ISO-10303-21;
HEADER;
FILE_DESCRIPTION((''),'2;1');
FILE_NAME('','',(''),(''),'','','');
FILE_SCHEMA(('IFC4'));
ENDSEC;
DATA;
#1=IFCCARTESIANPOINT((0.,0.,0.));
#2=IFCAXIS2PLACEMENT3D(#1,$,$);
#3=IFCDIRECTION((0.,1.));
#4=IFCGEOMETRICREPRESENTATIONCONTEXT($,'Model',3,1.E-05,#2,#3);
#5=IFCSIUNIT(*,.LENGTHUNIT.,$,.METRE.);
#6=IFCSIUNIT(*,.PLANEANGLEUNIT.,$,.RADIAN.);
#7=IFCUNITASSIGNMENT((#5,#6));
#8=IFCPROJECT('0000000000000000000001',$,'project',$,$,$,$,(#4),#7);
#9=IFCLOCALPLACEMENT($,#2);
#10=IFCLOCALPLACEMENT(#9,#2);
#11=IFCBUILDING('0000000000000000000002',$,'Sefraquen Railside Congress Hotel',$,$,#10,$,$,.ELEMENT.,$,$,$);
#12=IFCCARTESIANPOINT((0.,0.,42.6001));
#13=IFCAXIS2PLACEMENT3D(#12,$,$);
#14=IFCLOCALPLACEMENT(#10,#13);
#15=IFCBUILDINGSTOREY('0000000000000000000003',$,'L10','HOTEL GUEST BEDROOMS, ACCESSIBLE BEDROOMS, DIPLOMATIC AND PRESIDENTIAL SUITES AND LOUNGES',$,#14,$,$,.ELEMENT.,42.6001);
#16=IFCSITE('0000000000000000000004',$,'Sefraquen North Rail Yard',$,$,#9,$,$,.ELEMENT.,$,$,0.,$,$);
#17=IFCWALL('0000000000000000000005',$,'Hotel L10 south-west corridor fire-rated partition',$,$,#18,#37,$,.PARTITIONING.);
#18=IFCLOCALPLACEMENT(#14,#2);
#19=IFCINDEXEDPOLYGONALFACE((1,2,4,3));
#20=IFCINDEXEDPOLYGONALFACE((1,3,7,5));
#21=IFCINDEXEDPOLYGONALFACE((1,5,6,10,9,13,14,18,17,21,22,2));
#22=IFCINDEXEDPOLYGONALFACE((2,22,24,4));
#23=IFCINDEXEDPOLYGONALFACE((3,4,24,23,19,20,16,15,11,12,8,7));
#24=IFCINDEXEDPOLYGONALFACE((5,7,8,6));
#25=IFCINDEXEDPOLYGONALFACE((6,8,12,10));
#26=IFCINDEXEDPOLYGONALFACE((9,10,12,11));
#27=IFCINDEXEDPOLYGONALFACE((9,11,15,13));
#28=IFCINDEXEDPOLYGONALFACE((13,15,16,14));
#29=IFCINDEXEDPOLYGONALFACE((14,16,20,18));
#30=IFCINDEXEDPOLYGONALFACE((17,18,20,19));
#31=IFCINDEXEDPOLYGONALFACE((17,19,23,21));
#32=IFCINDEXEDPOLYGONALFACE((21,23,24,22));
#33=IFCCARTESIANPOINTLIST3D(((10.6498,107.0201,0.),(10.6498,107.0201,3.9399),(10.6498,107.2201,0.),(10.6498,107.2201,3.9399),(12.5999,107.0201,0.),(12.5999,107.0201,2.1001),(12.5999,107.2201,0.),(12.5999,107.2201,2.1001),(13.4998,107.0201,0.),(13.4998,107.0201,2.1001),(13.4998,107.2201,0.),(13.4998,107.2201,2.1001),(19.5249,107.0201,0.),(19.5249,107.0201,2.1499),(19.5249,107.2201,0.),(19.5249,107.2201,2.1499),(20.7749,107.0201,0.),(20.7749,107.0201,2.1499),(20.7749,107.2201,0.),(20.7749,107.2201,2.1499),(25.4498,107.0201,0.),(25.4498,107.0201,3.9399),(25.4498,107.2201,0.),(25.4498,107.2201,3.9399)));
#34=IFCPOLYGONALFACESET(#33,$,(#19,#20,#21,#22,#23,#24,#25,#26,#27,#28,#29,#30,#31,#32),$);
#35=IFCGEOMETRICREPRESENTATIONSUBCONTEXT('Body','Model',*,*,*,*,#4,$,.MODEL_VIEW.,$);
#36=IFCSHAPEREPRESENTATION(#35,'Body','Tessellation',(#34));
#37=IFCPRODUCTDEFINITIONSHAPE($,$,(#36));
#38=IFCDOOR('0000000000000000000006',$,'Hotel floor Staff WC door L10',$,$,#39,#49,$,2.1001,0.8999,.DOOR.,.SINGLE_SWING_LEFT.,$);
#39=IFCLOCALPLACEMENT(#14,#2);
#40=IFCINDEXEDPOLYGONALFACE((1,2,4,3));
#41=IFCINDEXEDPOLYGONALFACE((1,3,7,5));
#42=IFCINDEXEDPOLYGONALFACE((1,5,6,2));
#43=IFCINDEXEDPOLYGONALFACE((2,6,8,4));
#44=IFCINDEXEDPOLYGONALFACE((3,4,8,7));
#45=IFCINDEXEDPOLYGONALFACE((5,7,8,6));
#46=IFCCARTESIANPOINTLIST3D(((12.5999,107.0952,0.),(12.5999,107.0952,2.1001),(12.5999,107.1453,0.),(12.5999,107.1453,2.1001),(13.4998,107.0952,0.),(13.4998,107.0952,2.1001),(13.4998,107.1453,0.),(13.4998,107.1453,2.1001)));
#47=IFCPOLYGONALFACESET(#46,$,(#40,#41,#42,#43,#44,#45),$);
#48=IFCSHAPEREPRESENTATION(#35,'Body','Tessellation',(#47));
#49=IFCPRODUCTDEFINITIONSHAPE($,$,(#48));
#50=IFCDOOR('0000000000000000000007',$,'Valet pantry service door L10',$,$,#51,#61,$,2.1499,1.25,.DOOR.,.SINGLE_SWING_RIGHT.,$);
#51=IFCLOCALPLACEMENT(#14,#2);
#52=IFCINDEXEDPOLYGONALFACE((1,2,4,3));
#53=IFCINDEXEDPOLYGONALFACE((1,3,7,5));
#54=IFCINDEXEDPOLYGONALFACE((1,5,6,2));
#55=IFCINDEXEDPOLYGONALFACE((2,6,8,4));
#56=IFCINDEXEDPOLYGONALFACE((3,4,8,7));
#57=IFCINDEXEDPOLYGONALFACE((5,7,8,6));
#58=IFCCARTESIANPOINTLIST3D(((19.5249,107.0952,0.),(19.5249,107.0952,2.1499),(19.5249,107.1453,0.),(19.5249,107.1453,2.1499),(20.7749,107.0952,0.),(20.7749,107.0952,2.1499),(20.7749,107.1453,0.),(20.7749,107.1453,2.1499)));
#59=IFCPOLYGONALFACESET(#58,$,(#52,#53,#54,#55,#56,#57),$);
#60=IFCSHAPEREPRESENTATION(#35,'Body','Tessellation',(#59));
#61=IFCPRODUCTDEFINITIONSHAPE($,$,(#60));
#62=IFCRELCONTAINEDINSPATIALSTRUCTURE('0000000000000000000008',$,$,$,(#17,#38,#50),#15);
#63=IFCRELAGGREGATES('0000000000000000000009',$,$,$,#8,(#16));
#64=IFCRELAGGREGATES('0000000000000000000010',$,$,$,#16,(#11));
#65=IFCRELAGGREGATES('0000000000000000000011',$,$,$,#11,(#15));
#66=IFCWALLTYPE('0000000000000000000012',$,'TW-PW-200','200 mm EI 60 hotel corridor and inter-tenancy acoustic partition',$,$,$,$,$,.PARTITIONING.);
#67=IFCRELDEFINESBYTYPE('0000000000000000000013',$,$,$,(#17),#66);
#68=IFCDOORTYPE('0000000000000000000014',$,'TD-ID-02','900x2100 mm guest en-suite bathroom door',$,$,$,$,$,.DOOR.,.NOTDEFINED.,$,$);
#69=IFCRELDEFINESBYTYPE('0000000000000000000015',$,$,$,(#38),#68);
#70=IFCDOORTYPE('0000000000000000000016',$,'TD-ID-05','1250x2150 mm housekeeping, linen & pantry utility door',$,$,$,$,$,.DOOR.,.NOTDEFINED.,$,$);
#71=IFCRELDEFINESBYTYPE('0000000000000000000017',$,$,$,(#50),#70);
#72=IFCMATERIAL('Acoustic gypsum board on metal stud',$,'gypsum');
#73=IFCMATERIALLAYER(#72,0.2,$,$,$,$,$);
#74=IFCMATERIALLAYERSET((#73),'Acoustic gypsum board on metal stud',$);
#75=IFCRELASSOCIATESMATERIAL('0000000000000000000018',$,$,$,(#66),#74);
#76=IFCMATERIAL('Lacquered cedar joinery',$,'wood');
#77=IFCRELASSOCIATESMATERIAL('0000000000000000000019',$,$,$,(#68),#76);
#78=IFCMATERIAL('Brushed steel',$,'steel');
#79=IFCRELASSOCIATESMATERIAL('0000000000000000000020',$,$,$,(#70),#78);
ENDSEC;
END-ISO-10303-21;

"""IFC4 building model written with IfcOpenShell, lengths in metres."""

from ifc_helpers import new_model, si_unit, direction, frame, frame_2d, origin, place, context, subcontext, project, spatial, rectangle, extrude, material, layer, layer_set, type_object, element, fill, save


model = new_model("IFC4")

# Units and contexts
model_context = context("Model", 3, precision=1e-05, world=origin(), true_north=direction((0.0, 1.0)))
body_context = subcontext(model_context, "Body", "Model", "MODEL_VIEW")
ifc_project = project(units=[si_unit("LENGTHUNIT", "METRE"), si_unit("PLANEANGLEUNIT", "RADIAN")], contexts=[model_context])

# Site, building, storey
site_placement = place(None, origin())
site = spatial("IfcSite", under=ifc_project, at=site_placement, Name="Sefraquen North Rail Yard", CompositionType="ELEMENT", RefElevation=0.0)
building_placement = place(site_placement, origin())
building = spatial("IfcBuilding", under=site, at=building_placement, Name="Sefraquen Railside Congress Hotel", CompositionType="ELEMENT")
storey_placement = place(building_placement, frame((0.0, 0.0, 42.6001)))
storey = spatial("IfcBuildingStorey", under=building, at=storey_placement, Name="L10", Description="HOTEL GUEST BEDROOMS, ACCESSIBLE BEDROOMS, DIPLOMATIC AND PRESIDENTIAL SUITES AND LOUNGES", CompositionType="ELEMENT", Elevation=42.6001)

# Wall, openings, doors
ifc_material_1 = material(Name="Acoustic gypsum board on metal stud", Category="gypsum")
ifc_layer_1 = layer(ifc_material_1, 0.2)
ifc_layer_set_1 = layer_set([ifc_layer_1], Name="Acoustic gypsum board on metal stud")
wall_type = type_object("IfcWallType", Name="TW-PW-200", Description="200 mm EI 60 hotel corridor and inter-tenancy acoustic partition", PredefinedType="PARTITIONING", material=ifc_layer_set_1)
wall_placement = place(storey_placement, frame((10.6499, 107.1201, 0.0), z_axis=(0.0, 0.0, 1.0), x_axis=(1.0, 0.0, 0.0)))
wall = element("IfcWall", 1, at=wall_placement, inside=storey, type_object=wall_type, Name="Hotel L10 south-west corridor fire-rated partition", PredefinedType="PARTITIONING", context=body_context, shape_type="SweptSolid", body=[
    extrude(rectangle(XDim=14.8, YDim=0.2, at=frame_2d((7.3999, 0.0))), origin(), (0.0, 0.0, 1.0), 3.9399),
])
opening_1_placement = place(wall_placement, frame((1.95, 0.0, 0.0)))
opening_1 = element("IfcOpeningElement", 2, at=opening_1_placement, cuts=wall, PredefinedType="OPENING", context=body_context, shape_type="SweptSolid", body=[
    extrude(rectangle(XDim=0.8999, YDim=2.1001, at=frame_2d((0.45, 1.05))), frame((0.0, 0.1099, 0.0), z_axis=(0.0, -1.0, 0.0), x_axis=(1.0, 0.0, 0.0)), (0.0, 0.0, 1.0), 0.22),
])
opening_2_placement = place(wall_placement, frame((8.875, 0.0, 0.0)))
opening_2 = element("IfcOpeningElement", 3, at=opening_2_placement, cuts=wall, PredefinedType="OPENING", context=body_context, shape_type="SweptSolid", body=[
    extrude(rectangle(XDim=1.25, YDim=2.1499, at=frame_2d((0.625, 1.075))), frame((0.0, 0.1099, 0.0), z_axis=(0.0, -1.0, 0.0), x_axis=(1.0, 0.0, 0.0)), (0.0, 0.0, 1.0), 0.22),
])
ifc_material_2 = material(Name="Lacquered cedar joinery", Category="wood")
door_type_1 = type_object("IfcDoorType", Name="TD-ID-02", Description="900x2100 mm guest en-suite bathroom door", OperationType="NOTDEFINED", PredefinedType="DOOR", material=ifc_material_2)
door_1_placement = place(opening_1_placement, frame((0.8999, 0.0, 0.0), z_axis=(0.0, 0.0, 1.0), x_axis=(-1.0, 0.0, 0.0)))
door_1 = element("IfcDoor", 4, at=door_1_placement, inside=storey, type_object=door_type_1, Name="Hotel floor Staff WC door L10", OperationType="SINGLE_SWING_LEFT", OverallHeight=2.1001, OverallWidth=0.8999, PredefinedType="DOOR", context=body_context, shape_type="SweptSolid", body=[
    extrude(rectangle(XDim=0.8999, YDim=2.1001, at=frame_2d((0.45, 1.05))), frame((0.0, 0.0249, 0.0), z_axis=(0.0, -1.0, 0.0), x_axis=(1.0, 0.0, 0.0)), (0.0, 0.0, 1.0), 0.05),
])
fill(opening_1, door_1)
ifc_material_3 = material(Name="Brushed steel", Category="steel")
door_type_2 = type_object("IfcDoorType", Name="TD-ID-05", Description="1250x2150 mm housekeeping, linen & pantry utility door", OperationType="NOTDEFINED", PredefinedType="DOOR", material=ifc_material_3)
door_2_placement = place(opening_2_placement, frame((1.25, 0.0, 0.0), z_axis=(0.0, 0.0, 1.0), x_axis=(-1.0, 0.0, 0.0)))
door_2 = element("IfcDoor", 5, at=door_2_placement, inside=storey, type_object=door_type_2, Name="Valet pantry service door L10", OperationType="SINGLE_SWING_RIGHT", OverallHeight=2.1499, OverallWidth=1.25, PredefinedType="DOOR", context=body_context, shape_type="SweptSolid", body=[
    extrude(rectangle(XDim=1.25, YDim=2.1499, at=frame_2d((0.625, 1.075))), frame((0.0, 0.0249, 0.0), z_axis=(0.0, -1.0, 0.0), x_axis=(1.0, 0.0, 0.0)), (0.0, 0.0, 1.0), 0.05),
])
fill(opening_2, door_2)

save(model, "model.ifc")
